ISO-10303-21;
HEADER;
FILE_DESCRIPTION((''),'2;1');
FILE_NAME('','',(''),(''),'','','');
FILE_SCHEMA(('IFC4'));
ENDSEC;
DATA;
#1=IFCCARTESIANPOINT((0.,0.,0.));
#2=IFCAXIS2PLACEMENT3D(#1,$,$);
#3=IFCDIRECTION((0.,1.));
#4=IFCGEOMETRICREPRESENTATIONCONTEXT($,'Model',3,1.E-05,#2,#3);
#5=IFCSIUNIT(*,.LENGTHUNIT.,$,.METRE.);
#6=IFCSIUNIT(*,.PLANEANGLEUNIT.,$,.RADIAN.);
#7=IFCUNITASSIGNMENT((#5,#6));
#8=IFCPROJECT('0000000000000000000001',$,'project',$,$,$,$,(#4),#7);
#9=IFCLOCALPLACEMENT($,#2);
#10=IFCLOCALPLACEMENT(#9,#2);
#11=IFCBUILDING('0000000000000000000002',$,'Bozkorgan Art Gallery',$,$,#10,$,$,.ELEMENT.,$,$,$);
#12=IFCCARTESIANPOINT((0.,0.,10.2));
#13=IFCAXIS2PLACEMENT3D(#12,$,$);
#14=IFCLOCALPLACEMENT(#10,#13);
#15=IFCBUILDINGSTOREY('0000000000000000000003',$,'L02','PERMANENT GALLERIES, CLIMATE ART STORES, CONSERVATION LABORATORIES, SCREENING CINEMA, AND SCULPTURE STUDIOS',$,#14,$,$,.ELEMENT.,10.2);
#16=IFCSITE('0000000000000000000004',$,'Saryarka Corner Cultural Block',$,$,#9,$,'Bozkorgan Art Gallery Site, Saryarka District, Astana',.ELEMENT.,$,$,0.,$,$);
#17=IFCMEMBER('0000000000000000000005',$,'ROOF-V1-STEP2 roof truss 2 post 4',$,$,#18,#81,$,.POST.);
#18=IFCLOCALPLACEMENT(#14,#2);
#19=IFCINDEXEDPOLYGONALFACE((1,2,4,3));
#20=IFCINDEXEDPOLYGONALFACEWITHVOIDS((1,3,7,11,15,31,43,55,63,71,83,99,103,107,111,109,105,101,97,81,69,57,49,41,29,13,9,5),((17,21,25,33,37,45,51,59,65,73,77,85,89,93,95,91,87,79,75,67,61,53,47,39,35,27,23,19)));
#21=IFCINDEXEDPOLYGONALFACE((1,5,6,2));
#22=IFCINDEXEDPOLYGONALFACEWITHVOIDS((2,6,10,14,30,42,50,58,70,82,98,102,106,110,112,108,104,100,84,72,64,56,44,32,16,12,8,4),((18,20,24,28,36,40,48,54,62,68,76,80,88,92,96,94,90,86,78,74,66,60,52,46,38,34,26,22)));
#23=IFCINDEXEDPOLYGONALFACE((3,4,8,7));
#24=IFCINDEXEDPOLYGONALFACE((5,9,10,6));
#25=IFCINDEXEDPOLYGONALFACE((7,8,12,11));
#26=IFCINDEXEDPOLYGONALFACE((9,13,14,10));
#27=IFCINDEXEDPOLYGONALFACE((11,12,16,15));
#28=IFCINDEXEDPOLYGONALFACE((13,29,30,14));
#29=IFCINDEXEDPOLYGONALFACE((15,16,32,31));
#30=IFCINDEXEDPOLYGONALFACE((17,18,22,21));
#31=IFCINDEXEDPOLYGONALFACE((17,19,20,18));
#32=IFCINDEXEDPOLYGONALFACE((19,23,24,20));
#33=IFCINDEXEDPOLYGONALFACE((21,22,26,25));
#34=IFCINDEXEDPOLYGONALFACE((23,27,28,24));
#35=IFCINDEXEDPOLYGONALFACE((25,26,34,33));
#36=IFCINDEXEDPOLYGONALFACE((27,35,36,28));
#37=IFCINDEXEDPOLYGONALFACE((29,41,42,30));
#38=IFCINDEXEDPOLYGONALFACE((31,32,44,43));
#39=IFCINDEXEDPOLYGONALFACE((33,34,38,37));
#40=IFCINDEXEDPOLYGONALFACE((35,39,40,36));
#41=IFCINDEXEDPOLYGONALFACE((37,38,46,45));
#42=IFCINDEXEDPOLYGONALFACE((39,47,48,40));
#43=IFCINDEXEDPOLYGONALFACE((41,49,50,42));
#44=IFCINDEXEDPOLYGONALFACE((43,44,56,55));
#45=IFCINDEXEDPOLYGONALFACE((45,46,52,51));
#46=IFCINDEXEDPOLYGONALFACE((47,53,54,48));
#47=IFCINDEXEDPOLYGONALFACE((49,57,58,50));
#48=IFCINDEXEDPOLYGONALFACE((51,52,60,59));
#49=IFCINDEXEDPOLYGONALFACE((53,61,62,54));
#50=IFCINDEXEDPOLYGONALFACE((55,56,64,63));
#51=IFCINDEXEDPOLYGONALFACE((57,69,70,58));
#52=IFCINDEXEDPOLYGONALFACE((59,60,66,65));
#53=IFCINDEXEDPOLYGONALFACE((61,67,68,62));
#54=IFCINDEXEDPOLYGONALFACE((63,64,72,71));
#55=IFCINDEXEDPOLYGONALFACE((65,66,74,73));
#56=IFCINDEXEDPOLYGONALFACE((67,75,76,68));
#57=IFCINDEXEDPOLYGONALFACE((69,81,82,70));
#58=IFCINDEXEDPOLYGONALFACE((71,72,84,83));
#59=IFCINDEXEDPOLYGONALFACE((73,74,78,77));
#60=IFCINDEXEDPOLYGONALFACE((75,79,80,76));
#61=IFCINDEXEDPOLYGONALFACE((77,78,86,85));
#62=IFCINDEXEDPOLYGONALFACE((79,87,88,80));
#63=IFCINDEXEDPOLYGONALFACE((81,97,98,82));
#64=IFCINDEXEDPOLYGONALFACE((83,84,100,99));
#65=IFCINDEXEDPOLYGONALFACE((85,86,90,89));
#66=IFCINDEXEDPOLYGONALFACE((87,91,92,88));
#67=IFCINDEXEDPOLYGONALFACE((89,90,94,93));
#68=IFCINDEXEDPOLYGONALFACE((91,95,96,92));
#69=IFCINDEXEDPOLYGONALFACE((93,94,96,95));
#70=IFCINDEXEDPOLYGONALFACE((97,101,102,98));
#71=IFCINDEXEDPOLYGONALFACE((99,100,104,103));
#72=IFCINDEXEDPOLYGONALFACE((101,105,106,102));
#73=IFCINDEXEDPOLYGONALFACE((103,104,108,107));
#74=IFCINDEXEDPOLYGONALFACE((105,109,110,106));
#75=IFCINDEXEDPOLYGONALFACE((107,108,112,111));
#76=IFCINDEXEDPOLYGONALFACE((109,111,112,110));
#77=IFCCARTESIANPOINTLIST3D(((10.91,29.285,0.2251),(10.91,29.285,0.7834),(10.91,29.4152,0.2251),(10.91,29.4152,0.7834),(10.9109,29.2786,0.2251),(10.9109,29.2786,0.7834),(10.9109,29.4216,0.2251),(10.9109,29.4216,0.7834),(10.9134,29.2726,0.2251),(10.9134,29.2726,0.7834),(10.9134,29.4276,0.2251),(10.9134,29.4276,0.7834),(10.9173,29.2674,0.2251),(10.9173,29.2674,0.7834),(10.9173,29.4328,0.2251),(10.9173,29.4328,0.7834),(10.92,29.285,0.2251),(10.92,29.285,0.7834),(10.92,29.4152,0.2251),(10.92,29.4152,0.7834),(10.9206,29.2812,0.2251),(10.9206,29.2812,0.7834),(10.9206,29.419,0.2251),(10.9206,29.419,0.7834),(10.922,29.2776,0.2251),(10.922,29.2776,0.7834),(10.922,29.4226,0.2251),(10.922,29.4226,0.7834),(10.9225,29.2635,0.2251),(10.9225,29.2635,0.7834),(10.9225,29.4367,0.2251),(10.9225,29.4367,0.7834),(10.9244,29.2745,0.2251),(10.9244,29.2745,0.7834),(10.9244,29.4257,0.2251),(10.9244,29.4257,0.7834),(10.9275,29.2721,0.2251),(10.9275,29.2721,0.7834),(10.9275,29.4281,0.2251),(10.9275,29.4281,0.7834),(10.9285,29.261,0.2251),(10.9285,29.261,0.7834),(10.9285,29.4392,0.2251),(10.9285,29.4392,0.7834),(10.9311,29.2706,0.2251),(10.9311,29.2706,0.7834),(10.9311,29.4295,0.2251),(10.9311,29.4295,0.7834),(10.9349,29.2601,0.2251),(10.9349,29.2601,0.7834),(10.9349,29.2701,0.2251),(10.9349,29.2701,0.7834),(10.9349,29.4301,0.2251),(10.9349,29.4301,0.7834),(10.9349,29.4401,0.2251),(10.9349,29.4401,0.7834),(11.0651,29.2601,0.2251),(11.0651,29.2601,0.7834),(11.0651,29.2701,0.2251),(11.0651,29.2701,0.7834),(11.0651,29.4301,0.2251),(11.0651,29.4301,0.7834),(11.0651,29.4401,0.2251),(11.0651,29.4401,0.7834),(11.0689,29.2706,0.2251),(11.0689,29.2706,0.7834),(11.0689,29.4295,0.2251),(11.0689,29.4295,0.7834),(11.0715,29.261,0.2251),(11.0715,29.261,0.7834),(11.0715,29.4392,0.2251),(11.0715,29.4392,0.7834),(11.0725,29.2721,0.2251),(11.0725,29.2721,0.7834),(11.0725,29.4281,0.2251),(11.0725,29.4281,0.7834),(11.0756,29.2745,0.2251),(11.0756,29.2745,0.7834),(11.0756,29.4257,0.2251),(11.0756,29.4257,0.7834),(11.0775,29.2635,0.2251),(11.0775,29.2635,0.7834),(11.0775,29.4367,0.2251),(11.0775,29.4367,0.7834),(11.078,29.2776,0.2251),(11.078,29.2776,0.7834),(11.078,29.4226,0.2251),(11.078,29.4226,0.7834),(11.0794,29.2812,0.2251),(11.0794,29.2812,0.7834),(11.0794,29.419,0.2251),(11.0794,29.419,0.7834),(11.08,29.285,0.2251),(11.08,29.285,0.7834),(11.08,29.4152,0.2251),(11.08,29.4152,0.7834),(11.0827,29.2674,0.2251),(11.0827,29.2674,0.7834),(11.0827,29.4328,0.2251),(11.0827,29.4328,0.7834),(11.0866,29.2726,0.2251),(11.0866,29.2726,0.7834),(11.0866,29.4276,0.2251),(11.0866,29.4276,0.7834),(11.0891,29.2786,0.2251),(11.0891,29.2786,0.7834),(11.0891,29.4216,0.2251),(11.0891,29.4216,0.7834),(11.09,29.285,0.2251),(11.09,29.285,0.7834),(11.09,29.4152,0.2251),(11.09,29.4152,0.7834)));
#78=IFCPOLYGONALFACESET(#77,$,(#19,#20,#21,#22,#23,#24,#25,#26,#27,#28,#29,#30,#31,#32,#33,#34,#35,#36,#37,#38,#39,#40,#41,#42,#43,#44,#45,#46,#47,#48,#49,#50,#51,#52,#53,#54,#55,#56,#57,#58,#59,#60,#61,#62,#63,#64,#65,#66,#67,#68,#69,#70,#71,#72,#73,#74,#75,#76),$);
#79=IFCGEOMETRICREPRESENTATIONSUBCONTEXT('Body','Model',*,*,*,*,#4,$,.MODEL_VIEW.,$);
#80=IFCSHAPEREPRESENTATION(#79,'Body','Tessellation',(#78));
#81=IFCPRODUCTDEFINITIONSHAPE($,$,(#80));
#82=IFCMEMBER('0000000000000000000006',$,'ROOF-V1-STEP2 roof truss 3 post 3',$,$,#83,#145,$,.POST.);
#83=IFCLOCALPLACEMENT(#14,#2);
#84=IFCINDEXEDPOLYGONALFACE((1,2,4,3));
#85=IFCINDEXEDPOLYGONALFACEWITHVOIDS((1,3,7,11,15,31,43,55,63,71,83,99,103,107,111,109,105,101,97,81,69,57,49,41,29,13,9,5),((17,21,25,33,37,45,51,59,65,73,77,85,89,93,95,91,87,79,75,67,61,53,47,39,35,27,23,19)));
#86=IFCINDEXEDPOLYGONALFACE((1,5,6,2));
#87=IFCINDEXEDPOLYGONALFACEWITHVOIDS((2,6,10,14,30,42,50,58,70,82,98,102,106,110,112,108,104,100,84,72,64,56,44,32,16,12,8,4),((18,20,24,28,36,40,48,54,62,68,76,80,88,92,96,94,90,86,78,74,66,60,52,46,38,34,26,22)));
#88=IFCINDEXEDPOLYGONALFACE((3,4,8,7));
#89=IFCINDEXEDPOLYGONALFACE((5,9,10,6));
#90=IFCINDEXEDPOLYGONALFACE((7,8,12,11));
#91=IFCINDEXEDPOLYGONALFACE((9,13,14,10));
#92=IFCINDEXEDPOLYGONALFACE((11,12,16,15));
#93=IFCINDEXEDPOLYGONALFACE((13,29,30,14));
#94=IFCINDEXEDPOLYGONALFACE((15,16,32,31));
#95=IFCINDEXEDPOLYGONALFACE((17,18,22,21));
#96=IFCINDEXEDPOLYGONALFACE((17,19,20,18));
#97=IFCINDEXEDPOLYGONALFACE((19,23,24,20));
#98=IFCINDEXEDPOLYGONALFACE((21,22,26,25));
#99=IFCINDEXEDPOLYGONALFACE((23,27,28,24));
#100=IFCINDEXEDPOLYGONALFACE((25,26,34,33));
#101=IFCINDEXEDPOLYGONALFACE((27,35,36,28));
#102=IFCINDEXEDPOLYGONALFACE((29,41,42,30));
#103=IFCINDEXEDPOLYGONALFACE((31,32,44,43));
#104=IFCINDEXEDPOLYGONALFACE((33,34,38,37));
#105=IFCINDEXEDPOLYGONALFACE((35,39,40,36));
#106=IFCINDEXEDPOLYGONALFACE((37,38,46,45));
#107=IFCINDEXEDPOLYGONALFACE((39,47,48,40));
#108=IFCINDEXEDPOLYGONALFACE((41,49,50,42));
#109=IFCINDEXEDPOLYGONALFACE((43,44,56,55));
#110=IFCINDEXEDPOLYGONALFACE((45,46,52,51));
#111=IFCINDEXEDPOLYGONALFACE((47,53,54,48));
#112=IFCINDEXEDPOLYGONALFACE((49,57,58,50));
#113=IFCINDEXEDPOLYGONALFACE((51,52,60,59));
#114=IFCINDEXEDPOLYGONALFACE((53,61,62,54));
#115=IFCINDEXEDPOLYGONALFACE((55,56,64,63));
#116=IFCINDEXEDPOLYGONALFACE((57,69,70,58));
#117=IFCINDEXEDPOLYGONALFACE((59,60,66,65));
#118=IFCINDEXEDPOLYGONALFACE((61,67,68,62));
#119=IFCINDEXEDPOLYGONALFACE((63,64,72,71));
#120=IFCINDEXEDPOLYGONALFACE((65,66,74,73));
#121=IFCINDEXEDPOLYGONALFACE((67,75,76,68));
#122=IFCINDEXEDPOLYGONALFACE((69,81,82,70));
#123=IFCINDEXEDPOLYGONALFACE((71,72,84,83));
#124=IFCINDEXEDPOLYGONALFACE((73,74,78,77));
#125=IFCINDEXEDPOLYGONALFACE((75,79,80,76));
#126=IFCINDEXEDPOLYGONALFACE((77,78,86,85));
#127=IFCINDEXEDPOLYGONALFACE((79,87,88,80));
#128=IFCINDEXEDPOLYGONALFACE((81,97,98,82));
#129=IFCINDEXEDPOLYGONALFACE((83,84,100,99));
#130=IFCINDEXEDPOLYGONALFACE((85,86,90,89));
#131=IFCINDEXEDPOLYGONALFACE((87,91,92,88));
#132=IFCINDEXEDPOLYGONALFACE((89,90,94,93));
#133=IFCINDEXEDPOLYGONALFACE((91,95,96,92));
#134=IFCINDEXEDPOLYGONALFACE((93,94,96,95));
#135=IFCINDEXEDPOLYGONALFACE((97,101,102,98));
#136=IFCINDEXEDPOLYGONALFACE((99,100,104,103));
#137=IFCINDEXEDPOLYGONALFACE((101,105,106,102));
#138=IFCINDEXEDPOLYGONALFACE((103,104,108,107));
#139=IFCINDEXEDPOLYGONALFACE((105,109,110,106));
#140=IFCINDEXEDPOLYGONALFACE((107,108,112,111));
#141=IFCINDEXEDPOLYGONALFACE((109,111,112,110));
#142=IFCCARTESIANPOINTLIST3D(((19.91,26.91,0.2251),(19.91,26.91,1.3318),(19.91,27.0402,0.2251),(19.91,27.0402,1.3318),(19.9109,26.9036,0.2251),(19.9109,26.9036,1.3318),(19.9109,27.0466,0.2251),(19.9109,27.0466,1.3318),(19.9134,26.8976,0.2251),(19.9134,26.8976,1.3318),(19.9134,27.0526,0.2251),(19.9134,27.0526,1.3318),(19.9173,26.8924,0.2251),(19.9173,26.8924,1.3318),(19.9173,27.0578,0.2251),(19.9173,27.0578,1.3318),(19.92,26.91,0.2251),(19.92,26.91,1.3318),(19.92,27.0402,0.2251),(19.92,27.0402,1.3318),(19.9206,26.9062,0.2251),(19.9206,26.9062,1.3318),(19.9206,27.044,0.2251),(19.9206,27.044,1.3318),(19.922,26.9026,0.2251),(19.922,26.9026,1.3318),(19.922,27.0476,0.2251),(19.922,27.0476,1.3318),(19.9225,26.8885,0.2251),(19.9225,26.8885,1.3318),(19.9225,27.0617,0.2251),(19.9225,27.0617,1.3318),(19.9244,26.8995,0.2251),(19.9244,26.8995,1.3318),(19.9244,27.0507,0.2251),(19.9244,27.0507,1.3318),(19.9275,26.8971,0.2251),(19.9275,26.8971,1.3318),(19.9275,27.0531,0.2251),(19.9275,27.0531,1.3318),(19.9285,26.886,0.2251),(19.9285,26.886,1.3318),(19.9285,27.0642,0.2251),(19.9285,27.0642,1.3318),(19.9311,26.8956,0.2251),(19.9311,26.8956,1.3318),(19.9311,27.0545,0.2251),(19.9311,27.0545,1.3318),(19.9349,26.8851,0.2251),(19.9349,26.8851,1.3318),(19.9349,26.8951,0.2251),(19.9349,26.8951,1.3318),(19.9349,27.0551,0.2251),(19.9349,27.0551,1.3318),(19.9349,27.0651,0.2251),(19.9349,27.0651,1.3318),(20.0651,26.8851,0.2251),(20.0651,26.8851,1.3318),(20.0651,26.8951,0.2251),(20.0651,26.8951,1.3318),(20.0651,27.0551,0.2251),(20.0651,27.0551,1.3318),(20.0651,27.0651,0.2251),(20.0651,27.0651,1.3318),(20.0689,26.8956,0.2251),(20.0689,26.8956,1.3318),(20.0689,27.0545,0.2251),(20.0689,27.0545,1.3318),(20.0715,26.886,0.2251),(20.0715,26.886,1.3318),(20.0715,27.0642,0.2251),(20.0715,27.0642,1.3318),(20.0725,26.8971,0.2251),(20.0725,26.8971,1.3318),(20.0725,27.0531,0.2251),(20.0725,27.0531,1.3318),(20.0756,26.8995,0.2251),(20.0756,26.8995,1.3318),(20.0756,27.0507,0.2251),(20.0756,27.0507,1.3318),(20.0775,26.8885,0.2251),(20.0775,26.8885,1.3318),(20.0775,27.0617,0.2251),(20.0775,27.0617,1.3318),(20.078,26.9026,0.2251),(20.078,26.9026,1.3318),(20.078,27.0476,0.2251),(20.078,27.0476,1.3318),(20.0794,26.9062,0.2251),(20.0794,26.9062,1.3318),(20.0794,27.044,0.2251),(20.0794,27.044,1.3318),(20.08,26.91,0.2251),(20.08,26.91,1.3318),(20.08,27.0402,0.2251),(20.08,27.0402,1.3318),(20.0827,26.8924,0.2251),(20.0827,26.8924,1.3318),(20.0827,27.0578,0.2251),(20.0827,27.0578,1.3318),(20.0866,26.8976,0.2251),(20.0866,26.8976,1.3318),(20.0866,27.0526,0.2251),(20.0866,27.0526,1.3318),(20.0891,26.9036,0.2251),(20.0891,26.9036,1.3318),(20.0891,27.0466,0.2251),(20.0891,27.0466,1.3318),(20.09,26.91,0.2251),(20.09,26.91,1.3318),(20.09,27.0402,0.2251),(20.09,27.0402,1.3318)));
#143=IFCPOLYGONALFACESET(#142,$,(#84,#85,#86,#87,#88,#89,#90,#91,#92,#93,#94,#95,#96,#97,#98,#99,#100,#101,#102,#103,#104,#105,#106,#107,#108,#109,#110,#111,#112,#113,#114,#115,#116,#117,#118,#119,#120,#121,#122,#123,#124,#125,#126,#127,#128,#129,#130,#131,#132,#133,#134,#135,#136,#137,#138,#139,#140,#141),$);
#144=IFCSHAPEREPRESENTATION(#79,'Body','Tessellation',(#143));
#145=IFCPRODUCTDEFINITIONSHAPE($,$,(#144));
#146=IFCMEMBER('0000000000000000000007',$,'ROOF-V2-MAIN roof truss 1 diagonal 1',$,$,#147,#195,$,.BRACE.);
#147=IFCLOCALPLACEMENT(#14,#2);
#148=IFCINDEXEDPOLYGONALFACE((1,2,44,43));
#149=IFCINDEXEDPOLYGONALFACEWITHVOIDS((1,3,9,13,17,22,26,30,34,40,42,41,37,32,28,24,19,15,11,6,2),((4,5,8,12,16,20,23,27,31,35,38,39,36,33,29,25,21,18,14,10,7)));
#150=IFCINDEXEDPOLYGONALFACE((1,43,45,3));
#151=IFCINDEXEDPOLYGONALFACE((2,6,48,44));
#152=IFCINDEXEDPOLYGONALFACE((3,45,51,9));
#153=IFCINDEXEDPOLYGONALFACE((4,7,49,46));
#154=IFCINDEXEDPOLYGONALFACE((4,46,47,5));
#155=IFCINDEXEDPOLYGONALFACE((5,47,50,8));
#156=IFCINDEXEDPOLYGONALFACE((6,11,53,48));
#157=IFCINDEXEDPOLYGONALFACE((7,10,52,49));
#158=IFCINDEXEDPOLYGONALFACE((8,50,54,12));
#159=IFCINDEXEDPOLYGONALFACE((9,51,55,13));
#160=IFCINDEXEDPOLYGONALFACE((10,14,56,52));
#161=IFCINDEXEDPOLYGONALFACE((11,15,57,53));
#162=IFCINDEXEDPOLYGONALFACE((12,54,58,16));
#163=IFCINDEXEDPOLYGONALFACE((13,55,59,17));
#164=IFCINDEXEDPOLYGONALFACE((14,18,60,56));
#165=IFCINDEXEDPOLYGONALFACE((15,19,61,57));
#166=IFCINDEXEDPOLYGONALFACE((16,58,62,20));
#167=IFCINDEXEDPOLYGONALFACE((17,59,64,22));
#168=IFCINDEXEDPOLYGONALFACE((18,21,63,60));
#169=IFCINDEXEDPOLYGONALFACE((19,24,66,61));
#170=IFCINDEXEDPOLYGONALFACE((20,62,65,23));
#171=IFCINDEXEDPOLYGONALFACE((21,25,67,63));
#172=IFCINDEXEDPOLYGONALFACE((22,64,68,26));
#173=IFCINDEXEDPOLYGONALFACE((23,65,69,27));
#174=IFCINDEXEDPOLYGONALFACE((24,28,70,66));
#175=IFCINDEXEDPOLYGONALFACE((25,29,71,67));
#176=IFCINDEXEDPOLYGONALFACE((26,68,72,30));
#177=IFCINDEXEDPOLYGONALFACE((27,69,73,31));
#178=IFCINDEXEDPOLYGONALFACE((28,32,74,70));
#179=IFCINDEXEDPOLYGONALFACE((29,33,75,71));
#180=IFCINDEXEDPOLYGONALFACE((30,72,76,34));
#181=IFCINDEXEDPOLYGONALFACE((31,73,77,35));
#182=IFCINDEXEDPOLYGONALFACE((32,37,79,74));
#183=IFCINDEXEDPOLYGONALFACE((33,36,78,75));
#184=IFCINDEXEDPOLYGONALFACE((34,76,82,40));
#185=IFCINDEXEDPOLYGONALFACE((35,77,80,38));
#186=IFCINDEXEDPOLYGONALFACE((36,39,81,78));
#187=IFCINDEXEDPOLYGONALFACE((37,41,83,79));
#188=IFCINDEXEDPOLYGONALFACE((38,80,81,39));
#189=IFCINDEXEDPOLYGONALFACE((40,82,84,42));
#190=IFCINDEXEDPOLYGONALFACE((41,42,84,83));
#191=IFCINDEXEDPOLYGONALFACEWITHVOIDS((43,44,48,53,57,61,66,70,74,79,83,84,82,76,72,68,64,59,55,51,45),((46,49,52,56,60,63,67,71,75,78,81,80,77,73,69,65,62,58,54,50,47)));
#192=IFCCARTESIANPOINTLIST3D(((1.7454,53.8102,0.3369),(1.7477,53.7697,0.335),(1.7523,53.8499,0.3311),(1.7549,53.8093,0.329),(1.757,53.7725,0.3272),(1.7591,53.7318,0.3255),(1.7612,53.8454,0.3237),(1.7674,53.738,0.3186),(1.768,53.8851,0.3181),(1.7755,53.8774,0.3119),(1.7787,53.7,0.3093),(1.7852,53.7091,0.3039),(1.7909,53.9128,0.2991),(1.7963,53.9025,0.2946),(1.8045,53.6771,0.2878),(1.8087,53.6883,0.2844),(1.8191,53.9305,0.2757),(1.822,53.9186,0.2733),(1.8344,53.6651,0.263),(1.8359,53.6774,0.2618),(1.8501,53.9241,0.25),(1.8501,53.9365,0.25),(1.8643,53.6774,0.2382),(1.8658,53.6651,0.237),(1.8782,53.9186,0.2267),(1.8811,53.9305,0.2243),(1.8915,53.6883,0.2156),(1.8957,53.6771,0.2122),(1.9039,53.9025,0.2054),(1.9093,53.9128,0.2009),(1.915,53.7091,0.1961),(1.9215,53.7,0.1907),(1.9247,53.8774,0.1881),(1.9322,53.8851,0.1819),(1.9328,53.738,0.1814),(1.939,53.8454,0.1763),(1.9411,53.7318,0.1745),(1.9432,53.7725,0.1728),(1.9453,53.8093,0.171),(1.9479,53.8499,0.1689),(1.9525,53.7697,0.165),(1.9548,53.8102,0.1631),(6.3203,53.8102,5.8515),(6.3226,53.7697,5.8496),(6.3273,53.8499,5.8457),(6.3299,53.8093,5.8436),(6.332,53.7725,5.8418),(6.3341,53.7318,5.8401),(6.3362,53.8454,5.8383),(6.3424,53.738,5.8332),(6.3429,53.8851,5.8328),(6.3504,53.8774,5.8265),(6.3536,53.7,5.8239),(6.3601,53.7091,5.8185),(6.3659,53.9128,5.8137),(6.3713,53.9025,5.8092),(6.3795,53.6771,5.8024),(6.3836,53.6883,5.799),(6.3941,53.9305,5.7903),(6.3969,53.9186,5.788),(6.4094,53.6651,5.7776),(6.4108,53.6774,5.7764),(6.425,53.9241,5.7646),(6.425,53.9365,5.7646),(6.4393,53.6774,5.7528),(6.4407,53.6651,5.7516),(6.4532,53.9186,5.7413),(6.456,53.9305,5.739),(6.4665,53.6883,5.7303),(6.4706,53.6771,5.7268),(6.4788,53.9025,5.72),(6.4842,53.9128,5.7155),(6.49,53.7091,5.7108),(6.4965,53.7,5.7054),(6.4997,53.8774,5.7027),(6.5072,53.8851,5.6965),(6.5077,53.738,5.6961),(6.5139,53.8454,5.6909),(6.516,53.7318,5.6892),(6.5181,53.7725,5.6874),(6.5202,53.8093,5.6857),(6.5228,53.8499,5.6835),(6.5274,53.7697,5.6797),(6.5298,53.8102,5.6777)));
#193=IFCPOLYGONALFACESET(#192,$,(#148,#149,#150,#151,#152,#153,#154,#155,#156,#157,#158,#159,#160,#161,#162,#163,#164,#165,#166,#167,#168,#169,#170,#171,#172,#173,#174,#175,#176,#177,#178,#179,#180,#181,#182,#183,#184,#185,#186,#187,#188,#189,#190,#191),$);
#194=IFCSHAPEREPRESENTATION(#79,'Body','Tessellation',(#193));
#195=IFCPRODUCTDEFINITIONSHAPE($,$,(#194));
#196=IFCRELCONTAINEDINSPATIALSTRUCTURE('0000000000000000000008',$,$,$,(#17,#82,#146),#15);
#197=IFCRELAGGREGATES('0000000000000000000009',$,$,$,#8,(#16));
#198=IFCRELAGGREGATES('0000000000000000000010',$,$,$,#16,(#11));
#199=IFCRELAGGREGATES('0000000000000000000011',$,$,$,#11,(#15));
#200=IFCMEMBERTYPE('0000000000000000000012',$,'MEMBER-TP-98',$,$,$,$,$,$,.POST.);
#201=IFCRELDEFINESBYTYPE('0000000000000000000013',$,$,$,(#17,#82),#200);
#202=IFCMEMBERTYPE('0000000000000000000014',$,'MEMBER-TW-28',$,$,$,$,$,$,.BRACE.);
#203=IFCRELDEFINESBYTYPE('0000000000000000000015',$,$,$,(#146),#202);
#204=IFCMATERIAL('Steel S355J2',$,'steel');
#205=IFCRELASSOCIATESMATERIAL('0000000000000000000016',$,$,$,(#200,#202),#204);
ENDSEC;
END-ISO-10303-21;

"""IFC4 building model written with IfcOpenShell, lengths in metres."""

from ifc_helpers import new_model, si_unit, direction, frame, origin, origin_2d, place, context, subcontext, project, spatial, hollow_rectangle, hollow_circle, extrude, material, material_profile, profile_set, type_object, element, save


model = new_model("IFC4")

# Units and contexts
model_context = context("Model", 3, precision=1e-05, world=origin(), true_north=direction((0.0, 1.0)))
body_context = subcontext(model_context, "Body", "Model", "MODEL_VIEW")
ifc_project = project(units=[si_unit("LENGTHUNIT", "METRE"), si_unit("PLANEANGLEUNIT", "RADIAN")], contexts=[model_context])

# Site, building, storey
site_placement = place(None, origin())
site = spatial("IfcSite", under=ifc_project, at=site_placement, Name="Saryarka Corner Cultural Block", LongName="Bozkorgan Art Gallery Site, Saryarka District, Astana", CompositionType="ELEMENT", RefElevation=0.0)
building_placement = place(site_placement, origin())
building = spatial("IfcBuilding", under=site, at=building_placement, Name="Bozkorgan Art Gallery", CompositionType="ELEMENT")
storey_placement = place(building_placement, frame((0.0, 0.0, 10.2)))
storey = spatial("IfcBuildingStorey", under=building, at=storey_placement, Name="L02", Description="PERMANENT GALLERIES, CLIMATE ART STORES, CONSERVATION LABORATORIES, SCREENING CINEMA, AND SCULPTURE STUDIOS", CompositionType="ELEMENT", Elevation=10.2)

# Shared definitions
ifc_material_1 = material(Name="Steel S355J2", Category="steel")

# Members
ifc_material_profile_1 = material_profile(ifc_material_1, hollow_rectangle(XDim=0.1799, YDim=0.1799, WallThickness=0.01, InnerFilletRadius=0.0149, OuterFilletRadius=0.0249, at=origin_2d()), Name="SHS 180x180x10")
ifc_profile_set_1 = profile_set([ifc_material_profile_1], Name="Steel S355J2")
member_type_1 = type_object("IfcMemberType", Name="MEMBER-TP-98", PredefinedType="POST", material=ifc_profile_set_1)
member_1_placement = place(storey_placement, frame((11.0, 29.3501, 0.2251), z_axis=(0.0, 0.0, 1.0), x_axis=(1.0, 0.0, 0.0)))
element("IfcMember", 1, at=member_1_placement, inside=storey, type_object=member_type_1, Name="ROOF-V1-STEP2 roof truss 2 post 4", PredefinedType="POST", context=body_context, shape_type="SweptSolid", body=[
    extrude(hollow_rectangle(XDim=0.1799, YDim=0.1799, WallThickness=0.01, InnerFilletRadius=0.0149, OuterFilletRadius=0.0249, at=origin_2d()), origin(), (0.0, 0.0, 1.0), 0.5583),
])
member_2_placement = place(storey_placement, frame((20.0, 26.9751, 0.2251), z_axis=(0.0, 0.0, 1.0), x_axis=(1.0, 0.0, 0.0)))
element("IfcMember", 2, at=member_2_placement, inside=storey, type_object=member_type_1, Name="ROOF-V1-STEP2 roof truss 3 post 3", PredefinedType="POST", context=body_context, shape_type="SweptSolid", body=[
    extrude(hollow_rectangle(XDim=0.1799, YDim=0.1799, WallThickness=0.01, InnerFilletRadius=0.0149, OuterFilletRadius=0.0249, at=origin_2d()), origin(), (0.0, 0.0, 1.0), 1.1067),
])
ifc_material_profile_2 = material_profile(ifc_material_1, hollow_circle(Radius=0.1365, WallThickness=0.0125, at=origin_2d()), Name="CHS 273x12.5")
ifc_profile_set_2 = profile_set([ifc_material_profile_2], Name="Steel S355J2")
member_type_2 = type_object("IfcMemberType", Name="MEMBER-TW-28", PredefinedType="BRACE", material=ifc_profile_set_2)
for number, where, z_axis, x_axis, name in (
    (3, (1.8501, 53.8, 0.25), (0.638487, 0.0, 0.769633), (0.0, 1.0, 0.0), "ROOF-V2-MAIN roof truss 1 diagonal 1"),
):
    element("IfcMember", number, at=place(storey_placement, frame(where, z_axis=z_axis, x_axis=x_axis)), inside=storey, type_object=member_type_2, Name=name, PredefinedType="BRACE", context=body_context, shape_type="SweptSolid", body=[
        extrude(hollow_circle(Radius=0.1365, WallThickness=0.0125, at=origin_2d()), origin(), (0.0, 0.0, 1.0), 7.1653),
    ])

save(model, "model.ifc")
